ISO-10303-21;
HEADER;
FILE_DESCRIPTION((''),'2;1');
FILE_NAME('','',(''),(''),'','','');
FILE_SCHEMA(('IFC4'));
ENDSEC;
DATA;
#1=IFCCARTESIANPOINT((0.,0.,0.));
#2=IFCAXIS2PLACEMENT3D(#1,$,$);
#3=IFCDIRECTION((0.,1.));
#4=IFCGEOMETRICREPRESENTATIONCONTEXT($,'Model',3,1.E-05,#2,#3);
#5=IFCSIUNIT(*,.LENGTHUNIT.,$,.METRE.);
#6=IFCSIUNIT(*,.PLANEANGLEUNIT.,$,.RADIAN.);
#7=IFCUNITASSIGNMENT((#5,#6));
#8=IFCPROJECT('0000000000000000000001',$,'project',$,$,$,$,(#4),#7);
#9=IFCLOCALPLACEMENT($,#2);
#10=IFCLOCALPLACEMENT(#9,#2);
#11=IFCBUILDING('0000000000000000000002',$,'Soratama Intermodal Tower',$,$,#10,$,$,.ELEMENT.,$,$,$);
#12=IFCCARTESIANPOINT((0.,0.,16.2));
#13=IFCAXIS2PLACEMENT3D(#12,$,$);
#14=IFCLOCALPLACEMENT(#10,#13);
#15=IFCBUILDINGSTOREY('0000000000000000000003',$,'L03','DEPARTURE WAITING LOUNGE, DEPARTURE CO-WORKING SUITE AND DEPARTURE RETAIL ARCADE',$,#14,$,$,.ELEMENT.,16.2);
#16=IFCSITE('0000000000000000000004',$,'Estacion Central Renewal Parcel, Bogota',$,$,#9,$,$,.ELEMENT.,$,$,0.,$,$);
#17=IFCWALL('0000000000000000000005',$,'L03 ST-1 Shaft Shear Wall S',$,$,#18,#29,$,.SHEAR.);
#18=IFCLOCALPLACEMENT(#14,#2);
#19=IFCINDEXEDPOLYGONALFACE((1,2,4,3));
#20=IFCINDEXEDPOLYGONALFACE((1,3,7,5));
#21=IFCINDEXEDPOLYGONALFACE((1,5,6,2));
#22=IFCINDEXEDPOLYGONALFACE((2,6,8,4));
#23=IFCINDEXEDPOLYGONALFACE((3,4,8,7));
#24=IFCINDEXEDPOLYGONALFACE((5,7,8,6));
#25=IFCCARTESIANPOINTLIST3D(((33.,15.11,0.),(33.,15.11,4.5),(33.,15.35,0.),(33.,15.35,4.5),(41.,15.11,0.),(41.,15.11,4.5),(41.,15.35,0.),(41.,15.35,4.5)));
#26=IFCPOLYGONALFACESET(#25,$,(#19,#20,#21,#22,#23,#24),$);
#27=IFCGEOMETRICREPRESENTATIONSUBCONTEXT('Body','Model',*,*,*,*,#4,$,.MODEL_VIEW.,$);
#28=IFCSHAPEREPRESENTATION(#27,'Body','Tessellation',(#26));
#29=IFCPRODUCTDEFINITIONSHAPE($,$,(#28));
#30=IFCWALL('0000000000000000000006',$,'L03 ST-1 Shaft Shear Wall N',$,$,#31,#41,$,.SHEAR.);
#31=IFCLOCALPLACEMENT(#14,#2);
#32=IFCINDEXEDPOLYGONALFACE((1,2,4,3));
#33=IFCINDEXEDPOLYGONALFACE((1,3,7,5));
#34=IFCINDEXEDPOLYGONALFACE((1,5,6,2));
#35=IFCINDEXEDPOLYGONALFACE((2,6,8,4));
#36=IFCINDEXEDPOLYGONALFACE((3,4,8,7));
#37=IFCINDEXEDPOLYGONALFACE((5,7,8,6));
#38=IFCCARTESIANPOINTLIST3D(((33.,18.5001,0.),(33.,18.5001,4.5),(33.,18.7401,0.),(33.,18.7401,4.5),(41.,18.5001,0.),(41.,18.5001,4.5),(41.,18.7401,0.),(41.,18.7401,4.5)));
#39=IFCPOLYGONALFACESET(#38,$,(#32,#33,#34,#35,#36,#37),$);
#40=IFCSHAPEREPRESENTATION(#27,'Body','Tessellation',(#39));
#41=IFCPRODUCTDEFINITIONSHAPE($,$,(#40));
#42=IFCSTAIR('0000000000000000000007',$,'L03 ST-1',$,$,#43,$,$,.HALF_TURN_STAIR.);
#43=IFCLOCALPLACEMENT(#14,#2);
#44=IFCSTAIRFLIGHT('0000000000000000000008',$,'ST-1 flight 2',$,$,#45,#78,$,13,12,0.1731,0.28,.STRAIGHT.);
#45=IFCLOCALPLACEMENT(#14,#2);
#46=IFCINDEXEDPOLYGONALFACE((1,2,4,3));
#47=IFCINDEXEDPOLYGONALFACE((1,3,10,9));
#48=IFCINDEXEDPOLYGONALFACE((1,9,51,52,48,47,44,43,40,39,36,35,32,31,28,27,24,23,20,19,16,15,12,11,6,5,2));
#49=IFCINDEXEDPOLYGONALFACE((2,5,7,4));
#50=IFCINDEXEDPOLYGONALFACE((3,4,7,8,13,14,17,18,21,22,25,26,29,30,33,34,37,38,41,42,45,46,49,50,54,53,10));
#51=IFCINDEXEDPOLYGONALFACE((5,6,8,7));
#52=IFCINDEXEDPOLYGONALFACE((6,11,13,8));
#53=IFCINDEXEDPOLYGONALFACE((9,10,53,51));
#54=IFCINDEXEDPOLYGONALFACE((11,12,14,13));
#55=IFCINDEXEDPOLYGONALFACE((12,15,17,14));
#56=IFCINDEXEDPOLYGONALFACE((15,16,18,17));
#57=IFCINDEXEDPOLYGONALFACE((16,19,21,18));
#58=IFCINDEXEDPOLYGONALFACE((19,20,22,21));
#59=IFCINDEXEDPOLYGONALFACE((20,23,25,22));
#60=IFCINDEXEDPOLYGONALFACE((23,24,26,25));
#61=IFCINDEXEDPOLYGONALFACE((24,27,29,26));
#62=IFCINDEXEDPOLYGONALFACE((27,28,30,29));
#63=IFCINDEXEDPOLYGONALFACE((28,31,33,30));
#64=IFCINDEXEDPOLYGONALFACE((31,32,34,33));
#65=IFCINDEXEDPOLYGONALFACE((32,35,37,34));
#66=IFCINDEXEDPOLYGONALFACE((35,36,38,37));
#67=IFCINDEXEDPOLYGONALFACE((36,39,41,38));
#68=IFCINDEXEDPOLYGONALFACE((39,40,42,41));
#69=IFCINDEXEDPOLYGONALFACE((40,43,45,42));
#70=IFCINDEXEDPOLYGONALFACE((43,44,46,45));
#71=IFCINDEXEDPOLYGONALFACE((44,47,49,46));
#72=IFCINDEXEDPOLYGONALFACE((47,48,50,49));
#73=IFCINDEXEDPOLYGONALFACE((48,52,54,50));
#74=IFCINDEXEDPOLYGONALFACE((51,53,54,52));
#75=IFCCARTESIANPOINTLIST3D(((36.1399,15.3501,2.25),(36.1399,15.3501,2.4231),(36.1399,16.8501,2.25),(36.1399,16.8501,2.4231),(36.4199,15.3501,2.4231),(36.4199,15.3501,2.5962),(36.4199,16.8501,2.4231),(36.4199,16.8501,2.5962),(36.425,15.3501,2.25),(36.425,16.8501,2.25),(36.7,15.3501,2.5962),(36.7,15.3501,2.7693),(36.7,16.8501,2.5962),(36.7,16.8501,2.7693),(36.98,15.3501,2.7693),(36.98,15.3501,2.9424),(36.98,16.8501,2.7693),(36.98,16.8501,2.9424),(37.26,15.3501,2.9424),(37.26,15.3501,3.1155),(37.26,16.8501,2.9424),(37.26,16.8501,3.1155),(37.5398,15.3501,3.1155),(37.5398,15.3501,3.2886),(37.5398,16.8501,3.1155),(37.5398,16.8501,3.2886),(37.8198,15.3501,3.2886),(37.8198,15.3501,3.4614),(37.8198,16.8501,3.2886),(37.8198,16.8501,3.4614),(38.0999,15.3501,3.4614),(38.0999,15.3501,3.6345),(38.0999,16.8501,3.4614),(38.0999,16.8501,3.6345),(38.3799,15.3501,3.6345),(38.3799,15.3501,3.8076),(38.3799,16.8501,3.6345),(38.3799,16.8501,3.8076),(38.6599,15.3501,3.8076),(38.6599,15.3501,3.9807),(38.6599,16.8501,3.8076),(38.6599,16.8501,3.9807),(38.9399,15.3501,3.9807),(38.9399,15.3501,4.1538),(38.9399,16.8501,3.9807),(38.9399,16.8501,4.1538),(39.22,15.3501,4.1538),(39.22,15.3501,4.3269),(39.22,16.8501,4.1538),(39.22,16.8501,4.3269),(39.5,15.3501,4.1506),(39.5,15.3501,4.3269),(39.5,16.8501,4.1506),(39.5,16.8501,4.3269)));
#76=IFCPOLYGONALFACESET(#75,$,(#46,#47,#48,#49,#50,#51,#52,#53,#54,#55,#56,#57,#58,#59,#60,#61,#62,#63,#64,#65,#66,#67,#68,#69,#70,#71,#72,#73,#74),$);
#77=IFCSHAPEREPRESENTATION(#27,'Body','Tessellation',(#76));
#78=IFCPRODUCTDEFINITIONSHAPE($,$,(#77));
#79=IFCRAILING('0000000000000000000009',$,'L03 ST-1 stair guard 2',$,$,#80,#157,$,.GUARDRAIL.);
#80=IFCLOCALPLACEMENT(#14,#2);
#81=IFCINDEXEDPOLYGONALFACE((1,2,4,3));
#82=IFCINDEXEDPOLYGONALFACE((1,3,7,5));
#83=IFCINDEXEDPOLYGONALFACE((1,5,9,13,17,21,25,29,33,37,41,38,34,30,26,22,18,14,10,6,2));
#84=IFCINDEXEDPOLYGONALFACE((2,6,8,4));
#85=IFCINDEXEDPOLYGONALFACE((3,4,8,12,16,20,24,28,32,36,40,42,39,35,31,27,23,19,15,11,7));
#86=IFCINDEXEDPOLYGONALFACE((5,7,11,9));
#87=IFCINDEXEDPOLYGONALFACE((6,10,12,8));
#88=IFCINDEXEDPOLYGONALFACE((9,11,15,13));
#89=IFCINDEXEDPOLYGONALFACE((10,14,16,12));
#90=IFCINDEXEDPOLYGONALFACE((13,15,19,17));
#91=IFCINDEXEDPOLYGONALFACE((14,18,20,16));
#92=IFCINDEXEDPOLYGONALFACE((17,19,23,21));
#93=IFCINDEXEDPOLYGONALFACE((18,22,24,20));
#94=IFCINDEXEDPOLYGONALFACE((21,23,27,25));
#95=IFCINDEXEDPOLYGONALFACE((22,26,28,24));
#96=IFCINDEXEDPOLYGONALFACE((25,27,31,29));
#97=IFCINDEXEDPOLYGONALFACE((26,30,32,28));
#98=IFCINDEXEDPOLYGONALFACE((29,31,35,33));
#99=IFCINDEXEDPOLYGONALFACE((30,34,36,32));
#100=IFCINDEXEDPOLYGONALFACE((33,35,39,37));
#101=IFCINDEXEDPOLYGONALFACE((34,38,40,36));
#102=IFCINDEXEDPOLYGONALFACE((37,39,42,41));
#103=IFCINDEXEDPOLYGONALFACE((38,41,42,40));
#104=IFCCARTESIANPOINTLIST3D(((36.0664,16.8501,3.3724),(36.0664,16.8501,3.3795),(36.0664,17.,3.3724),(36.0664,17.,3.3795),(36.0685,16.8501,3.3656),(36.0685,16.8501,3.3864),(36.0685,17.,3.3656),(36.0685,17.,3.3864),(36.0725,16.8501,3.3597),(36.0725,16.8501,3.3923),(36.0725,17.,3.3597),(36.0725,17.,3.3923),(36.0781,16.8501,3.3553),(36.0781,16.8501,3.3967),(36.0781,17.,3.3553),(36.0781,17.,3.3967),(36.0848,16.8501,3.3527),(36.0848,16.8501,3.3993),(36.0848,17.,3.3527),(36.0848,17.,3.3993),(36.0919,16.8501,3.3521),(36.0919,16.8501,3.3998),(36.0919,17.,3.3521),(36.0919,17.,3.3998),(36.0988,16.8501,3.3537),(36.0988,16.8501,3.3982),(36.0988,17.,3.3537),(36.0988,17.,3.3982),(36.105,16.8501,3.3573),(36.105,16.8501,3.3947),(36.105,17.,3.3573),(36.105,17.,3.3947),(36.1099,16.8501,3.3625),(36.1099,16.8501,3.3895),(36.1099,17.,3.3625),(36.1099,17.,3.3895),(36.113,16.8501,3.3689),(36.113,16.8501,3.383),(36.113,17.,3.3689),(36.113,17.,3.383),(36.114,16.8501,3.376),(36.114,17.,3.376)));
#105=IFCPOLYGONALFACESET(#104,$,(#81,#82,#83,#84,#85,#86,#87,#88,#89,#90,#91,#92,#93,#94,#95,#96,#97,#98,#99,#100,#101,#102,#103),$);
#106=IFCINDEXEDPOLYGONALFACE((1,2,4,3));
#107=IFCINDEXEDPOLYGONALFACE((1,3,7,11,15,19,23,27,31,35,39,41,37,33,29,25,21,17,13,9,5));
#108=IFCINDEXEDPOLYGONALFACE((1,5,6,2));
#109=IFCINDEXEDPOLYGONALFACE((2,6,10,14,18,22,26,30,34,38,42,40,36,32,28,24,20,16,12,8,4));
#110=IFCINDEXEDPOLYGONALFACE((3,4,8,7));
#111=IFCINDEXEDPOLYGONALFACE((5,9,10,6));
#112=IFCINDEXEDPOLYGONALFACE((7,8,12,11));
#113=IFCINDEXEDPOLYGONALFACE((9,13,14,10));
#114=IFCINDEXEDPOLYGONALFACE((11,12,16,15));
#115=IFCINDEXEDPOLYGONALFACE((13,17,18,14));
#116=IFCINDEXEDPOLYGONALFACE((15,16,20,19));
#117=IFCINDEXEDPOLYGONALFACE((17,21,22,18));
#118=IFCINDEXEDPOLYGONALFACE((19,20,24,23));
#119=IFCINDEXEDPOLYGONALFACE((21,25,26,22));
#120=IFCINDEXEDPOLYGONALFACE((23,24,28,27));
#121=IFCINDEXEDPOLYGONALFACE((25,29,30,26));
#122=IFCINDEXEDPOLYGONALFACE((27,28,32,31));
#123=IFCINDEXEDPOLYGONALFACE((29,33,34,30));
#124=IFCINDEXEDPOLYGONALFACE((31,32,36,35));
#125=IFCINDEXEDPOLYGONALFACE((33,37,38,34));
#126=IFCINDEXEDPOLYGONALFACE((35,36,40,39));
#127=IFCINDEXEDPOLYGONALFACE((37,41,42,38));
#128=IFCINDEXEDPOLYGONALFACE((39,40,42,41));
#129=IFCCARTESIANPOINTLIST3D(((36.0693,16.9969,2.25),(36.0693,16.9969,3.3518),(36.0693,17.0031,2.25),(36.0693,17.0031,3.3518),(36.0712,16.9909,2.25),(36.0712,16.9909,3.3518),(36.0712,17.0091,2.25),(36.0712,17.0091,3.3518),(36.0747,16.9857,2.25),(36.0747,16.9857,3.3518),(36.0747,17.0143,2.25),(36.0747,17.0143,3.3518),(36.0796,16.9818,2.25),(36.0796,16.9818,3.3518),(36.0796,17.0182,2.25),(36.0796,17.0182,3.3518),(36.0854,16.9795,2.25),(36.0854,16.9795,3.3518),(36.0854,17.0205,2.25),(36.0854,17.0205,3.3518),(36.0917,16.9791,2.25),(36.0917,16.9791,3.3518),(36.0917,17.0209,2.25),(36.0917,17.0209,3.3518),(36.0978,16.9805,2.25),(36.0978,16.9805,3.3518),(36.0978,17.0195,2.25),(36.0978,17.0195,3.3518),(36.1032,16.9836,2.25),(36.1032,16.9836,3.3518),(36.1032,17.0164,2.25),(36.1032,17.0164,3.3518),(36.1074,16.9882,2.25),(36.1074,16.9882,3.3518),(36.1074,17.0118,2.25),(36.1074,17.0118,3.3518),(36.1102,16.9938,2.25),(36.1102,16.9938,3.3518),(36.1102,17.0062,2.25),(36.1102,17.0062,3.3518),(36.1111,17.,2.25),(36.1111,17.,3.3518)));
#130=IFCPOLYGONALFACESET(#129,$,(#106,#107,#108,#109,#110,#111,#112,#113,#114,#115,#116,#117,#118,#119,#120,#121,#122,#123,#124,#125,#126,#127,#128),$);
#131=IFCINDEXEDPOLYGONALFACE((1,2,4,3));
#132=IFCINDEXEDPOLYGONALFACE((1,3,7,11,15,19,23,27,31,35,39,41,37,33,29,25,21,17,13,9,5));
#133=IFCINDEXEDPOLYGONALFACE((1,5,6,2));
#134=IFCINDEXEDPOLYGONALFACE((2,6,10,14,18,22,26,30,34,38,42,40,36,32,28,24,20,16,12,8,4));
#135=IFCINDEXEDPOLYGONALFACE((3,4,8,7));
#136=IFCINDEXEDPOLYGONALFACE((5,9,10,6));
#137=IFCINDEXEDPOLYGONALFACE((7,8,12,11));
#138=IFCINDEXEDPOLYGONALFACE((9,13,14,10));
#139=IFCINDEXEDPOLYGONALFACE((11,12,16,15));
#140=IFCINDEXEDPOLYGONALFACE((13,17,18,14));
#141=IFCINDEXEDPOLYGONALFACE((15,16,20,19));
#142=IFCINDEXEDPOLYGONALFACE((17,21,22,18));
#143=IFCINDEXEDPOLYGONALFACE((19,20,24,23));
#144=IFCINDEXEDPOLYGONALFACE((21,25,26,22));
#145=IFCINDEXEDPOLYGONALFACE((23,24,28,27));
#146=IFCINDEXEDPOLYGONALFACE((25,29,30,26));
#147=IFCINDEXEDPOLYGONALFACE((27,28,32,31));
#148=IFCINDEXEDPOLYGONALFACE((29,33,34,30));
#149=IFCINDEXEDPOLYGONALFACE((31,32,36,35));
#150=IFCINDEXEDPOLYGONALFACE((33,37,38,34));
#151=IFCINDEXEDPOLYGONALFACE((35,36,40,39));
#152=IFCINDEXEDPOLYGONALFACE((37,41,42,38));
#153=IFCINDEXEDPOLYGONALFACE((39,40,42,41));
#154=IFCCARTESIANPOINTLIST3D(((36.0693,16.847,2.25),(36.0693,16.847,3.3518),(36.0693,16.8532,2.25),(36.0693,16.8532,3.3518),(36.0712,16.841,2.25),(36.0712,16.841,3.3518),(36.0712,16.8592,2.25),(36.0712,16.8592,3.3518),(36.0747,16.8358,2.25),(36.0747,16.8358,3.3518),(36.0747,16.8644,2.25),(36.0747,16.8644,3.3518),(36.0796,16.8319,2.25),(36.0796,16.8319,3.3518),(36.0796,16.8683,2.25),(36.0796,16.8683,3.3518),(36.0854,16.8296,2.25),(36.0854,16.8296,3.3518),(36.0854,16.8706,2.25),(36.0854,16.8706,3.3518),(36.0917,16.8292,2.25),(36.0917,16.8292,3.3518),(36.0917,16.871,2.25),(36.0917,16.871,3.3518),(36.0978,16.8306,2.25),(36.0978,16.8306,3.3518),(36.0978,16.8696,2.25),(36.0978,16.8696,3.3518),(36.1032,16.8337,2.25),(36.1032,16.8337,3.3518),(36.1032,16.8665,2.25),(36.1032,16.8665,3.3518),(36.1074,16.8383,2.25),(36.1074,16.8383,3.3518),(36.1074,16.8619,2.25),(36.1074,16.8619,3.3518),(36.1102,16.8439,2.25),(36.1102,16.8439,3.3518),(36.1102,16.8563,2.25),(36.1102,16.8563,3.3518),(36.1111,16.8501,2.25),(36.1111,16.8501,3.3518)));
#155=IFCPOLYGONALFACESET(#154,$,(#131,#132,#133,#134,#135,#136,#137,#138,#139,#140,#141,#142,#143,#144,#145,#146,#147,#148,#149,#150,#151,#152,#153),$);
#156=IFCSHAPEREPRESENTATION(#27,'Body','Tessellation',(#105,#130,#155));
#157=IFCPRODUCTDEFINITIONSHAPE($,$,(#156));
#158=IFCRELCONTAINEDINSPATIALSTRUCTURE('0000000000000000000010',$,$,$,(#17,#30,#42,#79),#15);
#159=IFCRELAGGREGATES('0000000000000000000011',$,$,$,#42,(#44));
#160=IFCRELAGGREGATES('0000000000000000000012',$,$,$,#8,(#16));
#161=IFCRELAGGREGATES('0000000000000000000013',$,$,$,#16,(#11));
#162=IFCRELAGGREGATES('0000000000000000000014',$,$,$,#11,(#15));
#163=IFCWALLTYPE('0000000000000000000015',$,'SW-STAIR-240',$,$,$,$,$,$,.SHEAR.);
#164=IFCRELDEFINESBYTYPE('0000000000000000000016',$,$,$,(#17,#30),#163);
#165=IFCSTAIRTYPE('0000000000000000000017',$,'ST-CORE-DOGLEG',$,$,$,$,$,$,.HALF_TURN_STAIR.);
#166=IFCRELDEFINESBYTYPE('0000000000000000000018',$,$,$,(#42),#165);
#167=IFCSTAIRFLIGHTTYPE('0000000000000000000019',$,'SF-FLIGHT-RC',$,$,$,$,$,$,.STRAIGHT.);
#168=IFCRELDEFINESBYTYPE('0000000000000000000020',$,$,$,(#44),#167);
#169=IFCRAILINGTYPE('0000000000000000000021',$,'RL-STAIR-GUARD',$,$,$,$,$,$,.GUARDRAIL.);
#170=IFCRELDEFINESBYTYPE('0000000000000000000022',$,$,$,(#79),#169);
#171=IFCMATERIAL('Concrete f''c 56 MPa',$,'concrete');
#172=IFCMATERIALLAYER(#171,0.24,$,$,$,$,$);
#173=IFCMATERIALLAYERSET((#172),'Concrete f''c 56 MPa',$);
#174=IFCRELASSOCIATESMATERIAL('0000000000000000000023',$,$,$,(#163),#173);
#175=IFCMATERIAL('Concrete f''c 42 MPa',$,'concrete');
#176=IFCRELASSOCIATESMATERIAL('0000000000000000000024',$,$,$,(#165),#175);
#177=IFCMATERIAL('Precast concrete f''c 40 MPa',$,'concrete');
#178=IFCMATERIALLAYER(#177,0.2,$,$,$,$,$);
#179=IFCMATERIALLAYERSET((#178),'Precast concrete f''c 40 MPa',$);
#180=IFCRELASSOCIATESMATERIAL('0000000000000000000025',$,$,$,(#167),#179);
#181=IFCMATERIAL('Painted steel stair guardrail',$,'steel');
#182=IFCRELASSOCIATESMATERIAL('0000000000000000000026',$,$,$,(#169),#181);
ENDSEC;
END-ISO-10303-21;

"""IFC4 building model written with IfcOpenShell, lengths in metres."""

from ifc_helpers import new_model, si_unit, direction, frame, frame_2d, origin, origin_2d, place, context, subcontext, project, spatial, polyline, rectangle, circle, outline, extrude, material, layer, layer_set, type_object, element, aggregate, save


model = new_model("IFC4")

# Units and contexts
model_context = context("Model", 3, precision=1e-05, world=origin(), true_north=direction((0.0, 1.0)))
body_context = subcontext(model_context, "Body", "Model", "MODEL_VIEW")
ifc_project = project(units=[si_unit("LENGTHUNIT", "METRE"), si_unit("PLANEANGLEUNIT", "RADIAN")], contexts=[model_context])

# Site, building, storey
site_placement = place(None, origin())
site = spatial("IfcSite", under=ifc_project, at=site_placement, Name="Estacion Central Renewal Parcel, Bogota", CompositionType="ELEMENT", RefElevation=0.0)
building_placement = place(site_placement, origin())
building = spatial("IfcBuilding", under=site, at=building_placement, Name="Soratama Intermodal Tower", CompositionType="ELEMENT")
storey_placement = place(building_placement, frame((0.0, 0.0, 16.2)))
storey = spatial("IfcBuildingStorey", under=building, at=storey_placement, Name="L03", Description="DEPARTURE WAITING LOUNGE, DEPARTURE CO-WORKING SUITE AND DEPARTURE RETAIL ARCADE", CompositionType="ELEMENT", Elevation=16.2)

# Walls
ifc_material_1 = material(Name="Concrete f'c 56 MPa", Category="concrete")
ifc_layer_1 = layer(ifc_material_1, 0.24)
ifc_layer_set_1 = layer_set([ifc_layer_1], Name="Concrete f'c 56 MPa")
wall_type_1 = type_object("IfcWallType", Name="SW-STAIR-240", PredefinedType="SHEAR", material=ifc_layer_set_1)
for number, where, z_axis, x_axis, name in (
    (1, (33.0, 15.23, 0.0), (0.0, 0.0, 1.0), (1.0, 0.0, 0.0), "L03 ST-1 Shaft Shear Wall S"),
    (2, (33.0, 18.6201, 0.0), (0.0, 0.0, 1.0), (1.0, 0.0, 0.0), "L03 ST-1 Shaft Shear Wall N"),
):
    element("IfcWall", number, at=place(storey_placement, frame(where, z_axis=z_axis, x_axis=x_axis)), inside=storey, type_object=wall_type_1, Name=name, PredefinedType="SHEAR", context=body_context, shape_type="SweptSolid", body=[
        extrude(rectangle(XDim=8.0, YDim=0.24, at=frame_2d((4.0, 0.0))), origin(), (0.0, 0.0, 1.0), 4.5),
    ])

# Stair, stair flight
ifc_material_2 = material(Name="Concrete f'c 42 MPa", Category="concrete")
stair_type = type_object("IfcStairType", Name="ST-CORE-DOGLEG", PredefinedType="HALF_TURN_STAIR", material=ifc_material_2)
stair_placement = place(storey_placement, origin())
stair = element("IfcStair", 3, at=stair_placement, inside=storey, type_object=stair_type, Name="L03 ST-1", PredefinedType="HALF_TURN_STAIR")
ifc_material_3 = material(Name="Precast concrete f'c 40 MPa", Category="concrete")
ifc_layer_2 = layer(ifc_material_3, 0.2)
ifc_layer_set_2 = layer_set([ifc_layer_2], Name="Precast concrete f'c 40 MPa")
stair_flight_type = type_object("IfcStairFlightType", Name="SF-FLIGHT-RC", PredefinedType="STRAIGHT", material=ifc_layer_set_2)
stair_flight_placement = place(storey_placement, frame((36.1399, 16.1001, 2.25), z_axis=(0.0, 0.0, 1.0), x_axis=(1.0, 0.0, 0.0)))
stair_flight = element("IfcStairFlight", 4, at=stair_flight_placement, type_object=stair_flight_type, Name="ST-1 flight 2", NumberOfRisers=13, NumberOfTreads=12, PredefinedType="STRAIGHT", RiserHeight=0.1731, TreadLength=0.28, context=body_context, shape_type="SweptSolid", body=[
    extrude(outline(polyline([(0.0, 0.0), (0.0, 0.1731), (0.28, 0.1731), (0.28, 0.3462), (0.5601, 0.3462), (0.5601, 0.5193), (0.8401, 0.5193), (0.8401, 0.6924), (1.1201, 0.6924), (1.1201, 0.8655), (1.3999, 0.8655), (1.3999, 1.0386), (1.6799, 1.0386), (1.6799, 1.2114), (1.96, 1.2114), (1.96, 1.3845), (2.24, 1.3845), (2.24, 1.5576), (2.52, 1.5576), (2.52, 1.7307), (2.8, 1.7307), (2.8, 1.9038), (3.0801, 1.9038), (3.0801, 2.0769), (3.3601, 2.0769), (3.3601, 2.25), (3.3601, 1.9006), (0.2852, 0.0), (0.0, 0.0)])), frame((0.0, 0.75, 0.0), z_axis=(0.0, -1.0, 0.0), x_axis=(1.0, 0.0, 0.0)), (0.0, 0.0, 1.0), 1.5),
])
aggregate(stair, [stair_flight])

# Railing
ifc_material_4 = material(Name="Painted steel stair guardrail", Category="steel")
railing_type_1 = type_object("IfcRailingType", Name="RL-STAIR-GUARD", PredefinedType="GUARDRAIL", material=ifc_material_4)
railing_1_placement = place(storey_placement, frame((36.0901, 17.0, 2.25)))
element("IfcRailing", 5, at=railing_1_placement, inside=storey, type_object=railing_type_1, Name="L03 ST-1 stair guard 2", PredefinedType="GUARDRAIL", context=body_context, shape_type="SweptSolid", body=[
    extrude(circle(Radius=0.0239, at=origin_2d()), frame((0.0, 0.0, 1.126), z_axis=(0.0, -1.0, 0.0), x_axis=(1.0, 0.0, 0.0)), (0.0, 0.0, 1.0), 0.1499),
    extrude(circle(Radius=0.021, at=origin_2d()), origin(), (0.0, 0.0, 1.0), 1.1018),
    extrude(circle(Radius=0.021, at=origin_2d()), frame((0.0, -0.1499, 0.0)), (0.0, 0.0, 1.0), 1.1018),
])

save(model, "model.ifc")
